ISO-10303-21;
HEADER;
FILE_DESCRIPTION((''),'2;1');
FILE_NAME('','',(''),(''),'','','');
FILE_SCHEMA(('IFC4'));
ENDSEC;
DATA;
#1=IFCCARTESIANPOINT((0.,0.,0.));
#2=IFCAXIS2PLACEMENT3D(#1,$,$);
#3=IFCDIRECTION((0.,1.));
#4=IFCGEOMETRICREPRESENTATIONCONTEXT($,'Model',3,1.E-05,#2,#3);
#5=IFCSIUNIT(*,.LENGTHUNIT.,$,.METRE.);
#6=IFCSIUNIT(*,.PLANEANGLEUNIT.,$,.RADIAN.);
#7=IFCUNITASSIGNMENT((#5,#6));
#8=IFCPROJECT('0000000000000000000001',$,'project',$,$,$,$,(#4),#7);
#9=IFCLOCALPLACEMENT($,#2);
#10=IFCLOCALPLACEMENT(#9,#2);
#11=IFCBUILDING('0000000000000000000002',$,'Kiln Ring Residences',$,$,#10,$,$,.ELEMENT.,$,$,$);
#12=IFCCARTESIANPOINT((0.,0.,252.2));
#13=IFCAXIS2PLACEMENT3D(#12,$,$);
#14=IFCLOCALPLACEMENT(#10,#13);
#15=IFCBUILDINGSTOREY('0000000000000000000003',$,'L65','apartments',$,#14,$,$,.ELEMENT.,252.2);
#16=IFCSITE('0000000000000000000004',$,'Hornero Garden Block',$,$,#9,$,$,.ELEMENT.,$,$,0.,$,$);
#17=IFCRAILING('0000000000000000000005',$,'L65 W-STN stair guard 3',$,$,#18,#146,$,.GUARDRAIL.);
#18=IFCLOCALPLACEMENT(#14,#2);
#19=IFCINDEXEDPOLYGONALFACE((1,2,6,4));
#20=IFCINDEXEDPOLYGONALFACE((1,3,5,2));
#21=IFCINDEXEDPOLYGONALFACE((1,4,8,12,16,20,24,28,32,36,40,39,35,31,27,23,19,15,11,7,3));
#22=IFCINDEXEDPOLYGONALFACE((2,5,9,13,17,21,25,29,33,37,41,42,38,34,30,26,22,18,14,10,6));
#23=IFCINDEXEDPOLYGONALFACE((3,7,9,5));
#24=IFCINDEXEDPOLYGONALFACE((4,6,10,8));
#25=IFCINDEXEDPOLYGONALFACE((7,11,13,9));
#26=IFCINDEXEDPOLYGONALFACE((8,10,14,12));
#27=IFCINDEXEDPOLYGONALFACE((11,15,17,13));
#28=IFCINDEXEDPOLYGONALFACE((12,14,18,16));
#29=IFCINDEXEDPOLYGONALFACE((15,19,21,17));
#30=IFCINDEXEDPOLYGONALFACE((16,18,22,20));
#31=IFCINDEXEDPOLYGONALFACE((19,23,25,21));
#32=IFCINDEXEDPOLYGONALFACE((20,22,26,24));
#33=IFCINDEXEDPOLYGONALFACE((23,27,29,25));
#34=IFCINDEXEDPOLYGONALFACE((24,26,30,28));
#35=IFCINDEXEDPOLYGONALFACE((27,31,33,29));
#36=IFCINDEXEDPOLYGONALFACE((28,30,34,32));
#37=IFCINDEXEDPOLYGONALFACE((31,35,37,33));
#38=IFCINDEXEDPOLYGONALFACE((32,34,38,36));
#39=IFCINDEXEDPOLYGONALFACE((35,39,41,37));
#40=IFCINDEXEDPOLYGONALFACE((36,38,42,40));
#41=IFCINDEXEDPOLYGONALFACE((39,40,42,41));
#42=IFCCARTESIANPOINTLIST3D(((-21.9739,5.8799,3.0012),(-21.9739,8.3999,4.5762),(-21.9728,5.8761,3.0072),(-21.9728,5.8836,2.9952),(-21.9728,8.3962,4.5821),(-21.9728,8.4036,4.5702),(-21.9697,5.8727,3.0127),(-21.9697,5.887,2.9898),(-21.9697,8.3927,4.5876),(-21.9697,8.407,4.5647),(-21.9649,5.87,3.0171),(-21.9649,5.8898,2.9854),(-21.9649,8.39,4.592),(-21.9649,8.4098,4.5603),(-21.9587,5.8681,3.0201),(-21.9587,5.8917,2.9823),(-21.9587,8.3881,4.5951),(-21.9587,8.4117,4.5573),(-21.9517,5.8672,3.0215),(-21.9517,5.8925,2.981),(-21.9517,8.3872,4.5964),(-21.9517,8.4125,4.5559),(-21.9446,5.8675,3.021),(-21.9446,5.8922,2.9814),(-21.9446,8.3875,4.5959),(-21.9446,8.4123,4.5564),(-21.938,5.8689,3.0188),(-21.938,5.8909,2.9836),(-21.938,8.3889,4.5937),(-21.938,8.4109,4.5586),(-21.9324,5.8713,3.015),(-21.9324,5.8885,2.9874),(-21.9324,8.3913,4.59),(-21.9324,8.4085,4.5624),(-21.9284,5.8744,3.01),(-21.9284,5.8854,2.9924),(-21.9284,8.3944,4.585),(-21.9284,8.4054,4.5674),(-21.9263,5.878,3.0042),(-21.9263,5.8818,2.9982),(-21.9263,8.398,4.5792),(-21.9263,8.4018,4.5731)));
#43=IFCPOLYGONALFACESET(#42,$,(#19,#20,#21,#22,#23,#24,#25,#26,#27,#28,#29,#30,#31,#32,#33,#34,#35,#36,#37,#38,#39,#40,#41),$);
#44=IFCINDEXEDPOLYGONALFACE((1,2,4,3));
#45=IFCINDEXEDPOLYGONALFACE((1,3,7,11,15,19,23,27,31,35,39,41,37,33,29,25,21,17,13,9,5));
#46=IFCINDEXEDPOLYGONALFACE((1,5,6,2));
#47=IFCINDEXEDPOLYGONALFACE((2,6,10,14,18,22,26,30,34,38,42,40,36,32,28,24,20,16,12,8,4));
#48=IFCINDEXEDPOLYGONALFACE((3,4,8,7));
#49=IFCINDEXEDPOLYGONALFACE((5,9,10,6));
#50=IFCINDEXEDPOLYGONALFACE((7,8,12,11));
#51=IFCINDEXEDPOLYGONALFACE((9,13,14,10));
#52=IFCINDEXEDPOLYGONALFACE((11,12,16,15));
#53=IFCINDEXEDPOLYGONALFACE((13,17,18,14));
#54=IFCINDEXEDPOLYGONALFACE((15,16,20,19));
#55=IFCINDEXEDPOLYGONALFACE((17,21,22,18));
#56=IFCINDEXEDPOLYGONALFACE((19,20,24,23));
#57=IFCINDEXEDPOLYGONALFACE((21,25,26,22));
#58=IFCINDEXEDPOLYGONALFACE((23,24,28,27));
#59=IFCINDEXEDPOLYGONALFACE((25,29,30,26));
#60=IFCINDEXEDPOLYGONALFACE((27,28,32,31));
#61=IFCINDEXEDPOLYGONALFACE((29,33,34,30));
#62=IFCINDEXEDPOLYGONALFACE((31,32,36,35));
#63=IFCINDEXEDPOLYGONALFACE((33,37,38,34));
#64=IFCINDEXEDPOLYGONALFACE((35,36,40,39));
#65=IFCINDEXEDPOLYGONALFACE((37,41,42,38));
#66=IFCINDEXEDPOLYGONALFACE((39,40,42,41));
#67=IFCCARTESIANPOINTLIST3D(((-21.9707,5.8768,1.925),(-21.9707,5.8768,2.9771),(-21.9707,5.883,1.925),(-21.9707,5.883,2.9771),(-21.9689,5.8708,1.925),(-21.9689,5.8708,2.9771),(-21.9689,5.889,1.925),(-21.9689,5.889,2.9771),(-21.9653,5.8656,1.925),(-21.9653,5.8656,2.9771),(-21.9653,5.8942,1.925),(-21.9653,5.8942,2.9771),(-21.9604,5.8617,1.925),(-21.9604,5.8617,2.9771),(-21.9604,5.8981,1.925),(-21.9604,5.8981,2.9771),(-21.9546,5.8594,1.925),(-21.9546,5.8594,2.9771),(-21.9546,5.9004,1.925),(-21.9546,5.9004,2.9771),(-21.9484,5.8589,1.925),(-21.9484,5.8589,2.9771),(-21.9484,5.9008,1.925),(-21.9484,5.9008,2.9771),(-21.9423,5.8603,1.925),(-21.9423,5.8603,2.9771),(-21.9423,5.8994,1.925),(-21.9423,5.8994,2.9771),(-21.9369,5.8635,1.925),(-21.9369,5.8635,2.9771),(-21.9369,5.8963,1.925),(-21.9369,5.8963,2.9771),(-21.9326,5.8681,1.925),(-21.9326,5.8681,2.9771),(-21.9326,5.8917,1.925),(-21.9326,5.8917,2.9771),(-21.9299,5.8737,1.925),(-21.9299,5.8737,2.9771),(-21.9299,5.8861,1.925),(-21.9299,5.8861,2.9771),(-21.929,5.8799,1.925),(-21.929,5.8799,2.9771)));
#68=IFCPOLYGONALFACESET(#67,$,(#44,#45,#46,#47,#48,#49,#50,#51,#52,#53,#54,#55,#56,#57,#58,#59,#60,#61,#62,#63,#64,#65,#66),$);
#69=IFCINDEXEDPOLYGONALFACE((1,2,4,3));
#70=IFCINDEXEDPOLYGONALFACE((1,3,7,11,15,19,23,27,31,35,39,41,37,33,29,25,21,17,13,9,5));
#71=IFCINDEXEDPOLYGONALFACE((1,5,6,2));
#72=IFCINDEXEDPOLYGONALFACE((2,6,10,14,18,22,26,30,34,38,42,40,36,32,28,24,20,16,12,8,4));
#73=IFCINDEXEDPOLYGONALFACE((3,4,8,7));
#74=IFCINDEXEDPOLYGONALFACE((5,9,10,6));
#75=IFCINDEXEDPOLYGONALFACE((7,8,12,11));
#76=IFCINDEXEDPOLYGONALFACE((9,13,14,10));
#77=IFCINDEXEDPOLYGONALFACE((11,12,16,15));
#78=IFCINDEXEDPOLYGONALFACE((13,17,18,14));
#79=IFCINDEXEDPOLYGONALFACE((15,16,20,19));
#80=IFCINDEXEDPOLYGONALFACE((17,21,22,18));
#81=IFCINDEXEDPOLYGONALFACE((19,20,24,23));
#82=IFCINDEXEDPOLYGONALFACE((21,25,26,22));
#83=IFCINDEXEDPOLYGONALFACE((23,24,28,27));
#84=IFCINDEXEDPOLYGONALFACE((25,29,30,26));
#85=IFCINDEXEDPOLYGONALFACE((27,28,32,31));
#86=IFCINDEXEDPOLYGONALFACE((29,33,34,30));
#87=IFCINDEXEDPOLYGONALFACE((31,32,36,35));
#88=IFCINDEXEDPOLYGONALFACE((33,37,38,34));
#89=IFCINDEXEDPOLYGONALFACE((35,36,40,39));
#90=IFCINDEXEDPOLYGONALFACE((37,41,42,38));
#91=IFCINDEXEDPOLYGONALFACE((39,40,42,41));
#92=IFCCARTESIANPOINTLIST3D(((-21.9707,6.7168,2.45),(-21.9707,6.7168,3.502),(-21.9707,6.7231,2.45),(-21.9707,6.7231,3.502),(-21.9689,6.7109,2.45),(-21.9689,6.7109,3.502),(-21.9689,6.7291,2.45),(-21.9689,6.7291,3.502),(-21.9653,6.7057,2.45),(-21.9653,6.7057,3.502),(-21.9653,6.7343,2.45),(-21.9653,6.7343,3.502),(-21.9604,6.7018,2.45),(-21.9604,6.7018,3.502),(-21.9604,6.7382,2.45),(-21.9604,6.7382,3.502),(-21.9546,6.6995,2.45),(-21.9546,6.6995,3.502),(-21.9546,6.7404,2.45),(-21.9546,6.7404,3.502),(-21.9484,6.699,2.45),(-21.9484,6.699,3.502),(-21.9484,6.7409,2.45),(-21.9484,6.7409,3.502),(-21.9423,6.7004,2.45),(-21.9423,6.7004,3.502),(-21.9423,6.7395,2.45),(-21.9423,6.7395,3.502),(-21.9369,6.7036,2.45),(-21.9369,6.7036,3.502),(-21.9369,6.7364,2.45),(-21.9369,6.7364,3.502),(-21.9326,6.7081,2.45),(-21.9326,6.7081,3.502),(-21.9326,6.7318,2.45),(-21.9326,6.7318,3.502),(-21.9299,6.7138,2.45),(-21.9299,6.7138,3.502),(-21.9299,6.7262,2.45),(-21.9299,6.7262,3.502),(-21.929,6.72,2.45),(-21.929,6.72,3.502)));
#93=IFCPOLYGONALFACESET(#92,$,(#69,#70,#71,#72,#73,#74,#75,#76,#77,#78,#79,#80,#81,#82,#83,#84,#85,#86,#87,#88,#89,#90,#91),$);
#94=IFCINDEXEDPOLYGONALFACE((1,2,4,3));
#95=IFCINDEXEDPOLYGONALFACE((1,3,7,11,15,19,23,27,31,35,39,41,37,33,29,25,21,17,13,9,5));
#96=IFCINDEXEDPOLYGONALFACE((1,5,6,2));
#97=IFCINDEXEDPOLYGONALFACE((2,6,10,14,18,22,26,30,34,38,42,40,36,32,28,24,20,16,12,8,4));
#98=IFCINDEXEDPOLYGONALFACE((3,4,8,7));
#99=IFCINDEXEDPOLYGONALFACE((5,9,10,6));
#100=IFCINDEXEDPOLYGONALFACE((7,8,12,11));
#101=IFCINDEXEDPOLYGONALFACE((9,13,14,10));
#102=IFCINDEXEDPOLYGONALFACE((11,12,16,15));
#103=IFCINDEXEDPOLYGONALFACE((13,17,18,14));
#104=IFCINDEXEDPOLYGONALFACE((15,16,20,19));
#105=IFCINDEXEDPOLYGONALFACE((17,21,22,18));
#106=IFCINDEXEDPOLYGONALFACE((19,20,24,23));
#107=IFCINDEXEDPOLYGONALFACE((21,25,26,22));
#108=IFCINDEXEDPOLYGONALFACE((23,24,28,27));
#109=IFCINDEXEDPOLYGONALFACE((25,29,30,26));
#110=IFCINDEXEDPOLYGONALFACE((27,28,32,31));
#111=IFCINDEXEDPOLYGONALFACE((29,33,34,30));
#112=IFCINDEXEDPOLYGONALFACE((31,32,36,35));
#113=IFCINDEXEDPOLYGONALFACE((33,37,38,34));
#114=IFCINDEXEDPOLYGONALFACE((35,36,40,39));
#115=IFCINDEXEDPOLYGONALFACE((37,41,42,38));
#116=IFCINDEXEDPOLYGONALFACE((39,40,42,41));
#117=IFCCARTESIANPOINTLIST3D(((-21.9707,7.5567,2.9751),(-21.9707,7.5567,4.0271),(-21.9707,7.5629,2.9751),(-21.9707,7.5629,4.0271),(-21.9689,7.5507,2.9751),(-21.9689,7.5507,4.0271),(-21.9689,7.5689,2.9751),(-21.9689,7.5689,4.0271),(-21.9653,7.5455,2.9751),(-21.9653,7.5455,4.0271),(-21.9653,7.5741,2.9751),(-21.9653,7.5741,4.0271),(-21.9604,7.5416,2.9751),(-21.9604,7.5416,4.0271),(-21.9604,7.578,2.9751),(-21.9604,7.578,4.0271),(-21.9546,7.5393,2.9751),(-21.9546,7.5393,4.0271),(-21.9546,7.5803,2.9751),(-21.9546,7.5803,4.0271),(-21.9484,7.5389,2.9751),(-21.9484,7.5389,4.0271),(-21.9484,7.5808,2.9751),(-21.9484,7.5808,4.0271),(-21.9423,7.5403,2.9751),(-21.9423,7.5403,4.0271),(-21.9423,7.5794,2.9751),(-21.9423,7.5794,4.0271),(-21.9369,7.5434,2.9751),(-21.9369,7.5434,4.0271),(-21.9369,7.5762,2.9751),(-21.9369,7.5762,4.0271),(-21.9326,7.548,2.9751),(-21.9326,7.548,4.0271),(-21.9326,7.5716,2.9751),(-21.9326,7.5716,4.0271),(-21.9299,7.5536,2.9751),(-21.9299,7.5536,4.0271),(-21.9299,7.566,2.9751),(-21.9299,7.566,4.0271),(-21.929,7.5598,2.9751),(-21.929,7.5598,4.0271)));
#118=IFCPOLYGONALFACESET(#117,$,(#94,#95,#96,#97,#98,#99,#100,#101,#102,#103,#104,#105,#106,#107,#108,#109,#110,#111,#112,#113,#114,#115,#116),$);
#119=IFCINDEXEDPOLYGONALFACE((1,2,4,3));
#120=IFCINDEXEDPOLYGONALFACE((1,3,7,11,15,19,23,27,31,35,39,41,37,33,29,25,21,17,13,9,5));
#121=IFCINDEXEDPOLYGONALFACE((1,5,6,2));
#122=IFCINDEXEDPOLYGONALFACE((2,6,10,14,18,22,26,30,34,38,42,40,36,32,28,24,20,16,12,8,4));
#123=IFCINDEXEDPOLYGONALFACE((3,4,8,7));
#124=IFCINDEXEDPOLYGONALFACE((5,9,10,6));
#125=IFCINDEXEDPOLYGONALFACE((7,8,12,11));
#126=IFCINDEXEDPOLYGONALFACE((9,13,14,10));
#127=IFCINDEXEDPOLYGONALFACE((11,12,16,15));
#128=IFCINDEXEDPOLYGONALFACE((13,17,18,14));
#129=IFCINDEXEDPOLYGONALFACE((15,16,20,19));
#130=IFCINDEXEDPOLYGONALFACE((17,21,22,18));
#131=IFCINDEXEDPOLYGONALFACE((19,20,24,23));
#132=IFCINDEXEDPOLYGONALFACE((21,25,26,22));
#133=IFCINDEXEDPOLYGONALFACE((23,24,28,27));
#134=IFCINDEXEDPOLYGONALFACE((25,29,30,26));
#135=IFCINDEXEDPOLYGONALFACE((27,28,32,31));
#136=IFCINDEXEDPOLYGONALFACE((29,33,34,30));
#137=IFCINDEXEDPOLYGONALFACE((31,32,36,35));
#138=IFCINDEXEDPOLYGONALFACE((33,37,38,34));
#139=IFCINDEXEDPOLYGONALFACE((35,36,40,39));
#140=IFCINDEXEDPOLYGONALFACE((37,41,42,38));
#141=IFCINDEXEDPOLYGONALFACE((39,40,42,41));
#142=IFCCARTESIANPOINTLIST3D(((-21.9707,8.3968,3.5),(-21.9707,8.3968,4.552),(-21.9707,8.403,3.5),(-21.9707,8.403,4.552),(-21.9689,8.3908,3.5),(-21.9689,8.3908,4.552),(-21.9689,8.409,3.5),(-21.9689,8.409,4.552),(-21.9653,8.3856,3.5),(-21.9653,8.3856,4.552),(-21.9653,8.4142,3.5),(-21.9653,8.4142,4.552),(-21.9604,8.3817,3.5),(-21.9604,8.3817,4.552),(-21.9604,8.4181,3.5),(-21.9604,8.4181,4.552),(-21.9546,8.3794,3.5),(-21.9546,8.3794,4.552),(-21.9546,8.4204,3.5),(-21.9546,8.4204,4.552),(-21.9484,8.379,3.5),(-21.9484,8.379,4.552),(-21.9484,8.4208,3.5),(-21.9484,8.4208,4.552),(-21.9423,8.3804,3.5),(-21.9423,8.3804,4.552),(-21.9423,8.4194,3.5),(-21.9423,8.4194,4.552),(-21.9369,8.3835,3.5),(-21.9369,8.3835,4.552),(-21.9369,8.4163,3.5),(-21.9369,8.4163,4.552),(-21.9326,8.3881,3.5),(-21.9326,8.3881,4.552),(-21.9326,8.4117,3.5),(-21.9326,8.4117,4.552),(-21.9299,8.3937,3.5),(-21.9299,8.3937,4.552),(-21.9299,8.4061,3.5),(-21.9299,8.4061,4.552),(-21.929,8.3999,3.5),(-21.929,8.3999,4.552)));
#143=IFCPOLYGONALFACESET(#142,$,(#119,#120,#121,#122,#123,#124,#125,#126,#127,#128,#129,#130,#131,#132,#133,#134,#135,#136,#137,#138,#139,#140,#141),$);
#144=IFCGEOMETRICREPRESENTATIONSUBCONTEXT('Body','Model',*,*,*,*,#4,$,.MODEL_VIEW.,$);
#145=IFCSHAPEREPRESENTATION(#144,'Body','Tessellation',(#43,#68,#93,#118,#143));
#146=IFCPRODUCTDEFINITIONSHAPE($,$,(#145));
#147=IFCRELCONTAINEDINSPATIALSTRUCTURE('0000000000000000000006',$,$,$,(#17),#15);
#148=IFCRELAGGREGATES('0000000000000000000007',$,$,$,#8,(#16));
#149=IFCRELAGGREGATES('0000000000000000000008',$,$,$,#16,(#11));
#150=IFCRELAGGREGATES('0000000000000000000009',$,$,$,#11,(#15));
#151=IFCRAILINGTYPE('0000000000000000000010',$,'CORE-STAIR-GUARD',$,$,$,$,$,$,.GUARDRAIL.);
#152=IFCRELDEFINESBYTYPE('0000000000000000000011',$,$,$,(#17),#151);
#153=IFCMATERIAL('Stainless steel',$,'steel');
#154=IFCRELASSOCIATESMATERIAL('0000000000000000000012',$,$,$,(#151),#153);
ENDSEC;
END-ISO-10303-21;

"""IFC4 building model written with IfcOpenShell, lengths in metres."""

from ifc_helpers import new_model, si_unit, direction, frame, origin, origin_2d, place, context, subcontext, project, spatial, circle, extrude, material, type_object, element, save


model = new_model("IFC4")

# Units and contexts
model_context = context("Model", 3, precision=1e-05, world=origin(), true_north=direction((0.0, 1.0)))
body_context = subcontext(model_context, "Body", "Model", "MODEL_VIEW")
ifc_project = project(units=[si_unit("LENGTHUNIT", "METRE"), si_unit("PLANEANGLEUNIT", "RADIAN")], contexts=[model_context])

# Site, building, storey
site_placement = place(None, origin())
site = spatial("IfcSite", under=ifc_project, at=site_placement, Name="Hornero Garden Block", CompositionType="ELEMENT", RefElevation=0.0)
building_placement = place(site_placement, origin())
building = spatial("IfcBuilding", under=site, at=building_placement, Name="Kiln Ring Residences", CompositionType="ELEMENT")
storey_placement = place(building_placement, frame((0.0, 0.0, 252.2)))
storey = spatial("IfcBuildingStorey", under=building, at=storey_placement, Name="L65", Description="apartments", CompositionType="ELEMENT", Elevation=252.2)

# Railing
ifc_material_1 = material(Name="Stainless steel", Category="steel")
railing_type_1 = type_object("IfcRailingType", Name="CORE-STAIR-GUARD", PredefinedType="GUARDRAIL", material=ifc_material_1)
railing_1_placement = place(storey_placement, frame((-21.95, 5.8799, 1.925)))
element("IfcRailing", 1, at=railing_1_placement, inside=storey, type_object=railing_type_1, Name="L65 W-STN stair guard 3", PredefinedType="GUARDRAIL", context=body_context, shape_type="SweptSolid", body=[
    extrude(circle(Radius=0.0239, at=origin_2d()), frame((0.0, 0.0, 1.0762), z_axis=(0.0, 0.848008, 0.529984), x_axis=(-1.0, 0.0, 0.0)), (0.0, 0.0, 1.0), 2.9717),
    extrude(circle(Radius=0.021, at=origin_2d()), origin(), (0.0, 0.0, 1.0), 1.052),
    extrude(circle(Radius=0.021, at=origin_2d()), frame((0.0, 0.8401, 0.5249)), (0.0, 0.0, 1.0), 1.052),
    extrude(circle(Radius=0.021, at=origin_2d()), frame((0.0, 1.6799, 1.05)), (0.0, 0.0, 1.0), 1.052),
    extrude(circle(Radius=0.021, at=origin_2d()), frame((0.0, 2.52, 1.575)), (0.0, 0.0, 1.0), 1.052),
])

save(model, "model.ifc")
